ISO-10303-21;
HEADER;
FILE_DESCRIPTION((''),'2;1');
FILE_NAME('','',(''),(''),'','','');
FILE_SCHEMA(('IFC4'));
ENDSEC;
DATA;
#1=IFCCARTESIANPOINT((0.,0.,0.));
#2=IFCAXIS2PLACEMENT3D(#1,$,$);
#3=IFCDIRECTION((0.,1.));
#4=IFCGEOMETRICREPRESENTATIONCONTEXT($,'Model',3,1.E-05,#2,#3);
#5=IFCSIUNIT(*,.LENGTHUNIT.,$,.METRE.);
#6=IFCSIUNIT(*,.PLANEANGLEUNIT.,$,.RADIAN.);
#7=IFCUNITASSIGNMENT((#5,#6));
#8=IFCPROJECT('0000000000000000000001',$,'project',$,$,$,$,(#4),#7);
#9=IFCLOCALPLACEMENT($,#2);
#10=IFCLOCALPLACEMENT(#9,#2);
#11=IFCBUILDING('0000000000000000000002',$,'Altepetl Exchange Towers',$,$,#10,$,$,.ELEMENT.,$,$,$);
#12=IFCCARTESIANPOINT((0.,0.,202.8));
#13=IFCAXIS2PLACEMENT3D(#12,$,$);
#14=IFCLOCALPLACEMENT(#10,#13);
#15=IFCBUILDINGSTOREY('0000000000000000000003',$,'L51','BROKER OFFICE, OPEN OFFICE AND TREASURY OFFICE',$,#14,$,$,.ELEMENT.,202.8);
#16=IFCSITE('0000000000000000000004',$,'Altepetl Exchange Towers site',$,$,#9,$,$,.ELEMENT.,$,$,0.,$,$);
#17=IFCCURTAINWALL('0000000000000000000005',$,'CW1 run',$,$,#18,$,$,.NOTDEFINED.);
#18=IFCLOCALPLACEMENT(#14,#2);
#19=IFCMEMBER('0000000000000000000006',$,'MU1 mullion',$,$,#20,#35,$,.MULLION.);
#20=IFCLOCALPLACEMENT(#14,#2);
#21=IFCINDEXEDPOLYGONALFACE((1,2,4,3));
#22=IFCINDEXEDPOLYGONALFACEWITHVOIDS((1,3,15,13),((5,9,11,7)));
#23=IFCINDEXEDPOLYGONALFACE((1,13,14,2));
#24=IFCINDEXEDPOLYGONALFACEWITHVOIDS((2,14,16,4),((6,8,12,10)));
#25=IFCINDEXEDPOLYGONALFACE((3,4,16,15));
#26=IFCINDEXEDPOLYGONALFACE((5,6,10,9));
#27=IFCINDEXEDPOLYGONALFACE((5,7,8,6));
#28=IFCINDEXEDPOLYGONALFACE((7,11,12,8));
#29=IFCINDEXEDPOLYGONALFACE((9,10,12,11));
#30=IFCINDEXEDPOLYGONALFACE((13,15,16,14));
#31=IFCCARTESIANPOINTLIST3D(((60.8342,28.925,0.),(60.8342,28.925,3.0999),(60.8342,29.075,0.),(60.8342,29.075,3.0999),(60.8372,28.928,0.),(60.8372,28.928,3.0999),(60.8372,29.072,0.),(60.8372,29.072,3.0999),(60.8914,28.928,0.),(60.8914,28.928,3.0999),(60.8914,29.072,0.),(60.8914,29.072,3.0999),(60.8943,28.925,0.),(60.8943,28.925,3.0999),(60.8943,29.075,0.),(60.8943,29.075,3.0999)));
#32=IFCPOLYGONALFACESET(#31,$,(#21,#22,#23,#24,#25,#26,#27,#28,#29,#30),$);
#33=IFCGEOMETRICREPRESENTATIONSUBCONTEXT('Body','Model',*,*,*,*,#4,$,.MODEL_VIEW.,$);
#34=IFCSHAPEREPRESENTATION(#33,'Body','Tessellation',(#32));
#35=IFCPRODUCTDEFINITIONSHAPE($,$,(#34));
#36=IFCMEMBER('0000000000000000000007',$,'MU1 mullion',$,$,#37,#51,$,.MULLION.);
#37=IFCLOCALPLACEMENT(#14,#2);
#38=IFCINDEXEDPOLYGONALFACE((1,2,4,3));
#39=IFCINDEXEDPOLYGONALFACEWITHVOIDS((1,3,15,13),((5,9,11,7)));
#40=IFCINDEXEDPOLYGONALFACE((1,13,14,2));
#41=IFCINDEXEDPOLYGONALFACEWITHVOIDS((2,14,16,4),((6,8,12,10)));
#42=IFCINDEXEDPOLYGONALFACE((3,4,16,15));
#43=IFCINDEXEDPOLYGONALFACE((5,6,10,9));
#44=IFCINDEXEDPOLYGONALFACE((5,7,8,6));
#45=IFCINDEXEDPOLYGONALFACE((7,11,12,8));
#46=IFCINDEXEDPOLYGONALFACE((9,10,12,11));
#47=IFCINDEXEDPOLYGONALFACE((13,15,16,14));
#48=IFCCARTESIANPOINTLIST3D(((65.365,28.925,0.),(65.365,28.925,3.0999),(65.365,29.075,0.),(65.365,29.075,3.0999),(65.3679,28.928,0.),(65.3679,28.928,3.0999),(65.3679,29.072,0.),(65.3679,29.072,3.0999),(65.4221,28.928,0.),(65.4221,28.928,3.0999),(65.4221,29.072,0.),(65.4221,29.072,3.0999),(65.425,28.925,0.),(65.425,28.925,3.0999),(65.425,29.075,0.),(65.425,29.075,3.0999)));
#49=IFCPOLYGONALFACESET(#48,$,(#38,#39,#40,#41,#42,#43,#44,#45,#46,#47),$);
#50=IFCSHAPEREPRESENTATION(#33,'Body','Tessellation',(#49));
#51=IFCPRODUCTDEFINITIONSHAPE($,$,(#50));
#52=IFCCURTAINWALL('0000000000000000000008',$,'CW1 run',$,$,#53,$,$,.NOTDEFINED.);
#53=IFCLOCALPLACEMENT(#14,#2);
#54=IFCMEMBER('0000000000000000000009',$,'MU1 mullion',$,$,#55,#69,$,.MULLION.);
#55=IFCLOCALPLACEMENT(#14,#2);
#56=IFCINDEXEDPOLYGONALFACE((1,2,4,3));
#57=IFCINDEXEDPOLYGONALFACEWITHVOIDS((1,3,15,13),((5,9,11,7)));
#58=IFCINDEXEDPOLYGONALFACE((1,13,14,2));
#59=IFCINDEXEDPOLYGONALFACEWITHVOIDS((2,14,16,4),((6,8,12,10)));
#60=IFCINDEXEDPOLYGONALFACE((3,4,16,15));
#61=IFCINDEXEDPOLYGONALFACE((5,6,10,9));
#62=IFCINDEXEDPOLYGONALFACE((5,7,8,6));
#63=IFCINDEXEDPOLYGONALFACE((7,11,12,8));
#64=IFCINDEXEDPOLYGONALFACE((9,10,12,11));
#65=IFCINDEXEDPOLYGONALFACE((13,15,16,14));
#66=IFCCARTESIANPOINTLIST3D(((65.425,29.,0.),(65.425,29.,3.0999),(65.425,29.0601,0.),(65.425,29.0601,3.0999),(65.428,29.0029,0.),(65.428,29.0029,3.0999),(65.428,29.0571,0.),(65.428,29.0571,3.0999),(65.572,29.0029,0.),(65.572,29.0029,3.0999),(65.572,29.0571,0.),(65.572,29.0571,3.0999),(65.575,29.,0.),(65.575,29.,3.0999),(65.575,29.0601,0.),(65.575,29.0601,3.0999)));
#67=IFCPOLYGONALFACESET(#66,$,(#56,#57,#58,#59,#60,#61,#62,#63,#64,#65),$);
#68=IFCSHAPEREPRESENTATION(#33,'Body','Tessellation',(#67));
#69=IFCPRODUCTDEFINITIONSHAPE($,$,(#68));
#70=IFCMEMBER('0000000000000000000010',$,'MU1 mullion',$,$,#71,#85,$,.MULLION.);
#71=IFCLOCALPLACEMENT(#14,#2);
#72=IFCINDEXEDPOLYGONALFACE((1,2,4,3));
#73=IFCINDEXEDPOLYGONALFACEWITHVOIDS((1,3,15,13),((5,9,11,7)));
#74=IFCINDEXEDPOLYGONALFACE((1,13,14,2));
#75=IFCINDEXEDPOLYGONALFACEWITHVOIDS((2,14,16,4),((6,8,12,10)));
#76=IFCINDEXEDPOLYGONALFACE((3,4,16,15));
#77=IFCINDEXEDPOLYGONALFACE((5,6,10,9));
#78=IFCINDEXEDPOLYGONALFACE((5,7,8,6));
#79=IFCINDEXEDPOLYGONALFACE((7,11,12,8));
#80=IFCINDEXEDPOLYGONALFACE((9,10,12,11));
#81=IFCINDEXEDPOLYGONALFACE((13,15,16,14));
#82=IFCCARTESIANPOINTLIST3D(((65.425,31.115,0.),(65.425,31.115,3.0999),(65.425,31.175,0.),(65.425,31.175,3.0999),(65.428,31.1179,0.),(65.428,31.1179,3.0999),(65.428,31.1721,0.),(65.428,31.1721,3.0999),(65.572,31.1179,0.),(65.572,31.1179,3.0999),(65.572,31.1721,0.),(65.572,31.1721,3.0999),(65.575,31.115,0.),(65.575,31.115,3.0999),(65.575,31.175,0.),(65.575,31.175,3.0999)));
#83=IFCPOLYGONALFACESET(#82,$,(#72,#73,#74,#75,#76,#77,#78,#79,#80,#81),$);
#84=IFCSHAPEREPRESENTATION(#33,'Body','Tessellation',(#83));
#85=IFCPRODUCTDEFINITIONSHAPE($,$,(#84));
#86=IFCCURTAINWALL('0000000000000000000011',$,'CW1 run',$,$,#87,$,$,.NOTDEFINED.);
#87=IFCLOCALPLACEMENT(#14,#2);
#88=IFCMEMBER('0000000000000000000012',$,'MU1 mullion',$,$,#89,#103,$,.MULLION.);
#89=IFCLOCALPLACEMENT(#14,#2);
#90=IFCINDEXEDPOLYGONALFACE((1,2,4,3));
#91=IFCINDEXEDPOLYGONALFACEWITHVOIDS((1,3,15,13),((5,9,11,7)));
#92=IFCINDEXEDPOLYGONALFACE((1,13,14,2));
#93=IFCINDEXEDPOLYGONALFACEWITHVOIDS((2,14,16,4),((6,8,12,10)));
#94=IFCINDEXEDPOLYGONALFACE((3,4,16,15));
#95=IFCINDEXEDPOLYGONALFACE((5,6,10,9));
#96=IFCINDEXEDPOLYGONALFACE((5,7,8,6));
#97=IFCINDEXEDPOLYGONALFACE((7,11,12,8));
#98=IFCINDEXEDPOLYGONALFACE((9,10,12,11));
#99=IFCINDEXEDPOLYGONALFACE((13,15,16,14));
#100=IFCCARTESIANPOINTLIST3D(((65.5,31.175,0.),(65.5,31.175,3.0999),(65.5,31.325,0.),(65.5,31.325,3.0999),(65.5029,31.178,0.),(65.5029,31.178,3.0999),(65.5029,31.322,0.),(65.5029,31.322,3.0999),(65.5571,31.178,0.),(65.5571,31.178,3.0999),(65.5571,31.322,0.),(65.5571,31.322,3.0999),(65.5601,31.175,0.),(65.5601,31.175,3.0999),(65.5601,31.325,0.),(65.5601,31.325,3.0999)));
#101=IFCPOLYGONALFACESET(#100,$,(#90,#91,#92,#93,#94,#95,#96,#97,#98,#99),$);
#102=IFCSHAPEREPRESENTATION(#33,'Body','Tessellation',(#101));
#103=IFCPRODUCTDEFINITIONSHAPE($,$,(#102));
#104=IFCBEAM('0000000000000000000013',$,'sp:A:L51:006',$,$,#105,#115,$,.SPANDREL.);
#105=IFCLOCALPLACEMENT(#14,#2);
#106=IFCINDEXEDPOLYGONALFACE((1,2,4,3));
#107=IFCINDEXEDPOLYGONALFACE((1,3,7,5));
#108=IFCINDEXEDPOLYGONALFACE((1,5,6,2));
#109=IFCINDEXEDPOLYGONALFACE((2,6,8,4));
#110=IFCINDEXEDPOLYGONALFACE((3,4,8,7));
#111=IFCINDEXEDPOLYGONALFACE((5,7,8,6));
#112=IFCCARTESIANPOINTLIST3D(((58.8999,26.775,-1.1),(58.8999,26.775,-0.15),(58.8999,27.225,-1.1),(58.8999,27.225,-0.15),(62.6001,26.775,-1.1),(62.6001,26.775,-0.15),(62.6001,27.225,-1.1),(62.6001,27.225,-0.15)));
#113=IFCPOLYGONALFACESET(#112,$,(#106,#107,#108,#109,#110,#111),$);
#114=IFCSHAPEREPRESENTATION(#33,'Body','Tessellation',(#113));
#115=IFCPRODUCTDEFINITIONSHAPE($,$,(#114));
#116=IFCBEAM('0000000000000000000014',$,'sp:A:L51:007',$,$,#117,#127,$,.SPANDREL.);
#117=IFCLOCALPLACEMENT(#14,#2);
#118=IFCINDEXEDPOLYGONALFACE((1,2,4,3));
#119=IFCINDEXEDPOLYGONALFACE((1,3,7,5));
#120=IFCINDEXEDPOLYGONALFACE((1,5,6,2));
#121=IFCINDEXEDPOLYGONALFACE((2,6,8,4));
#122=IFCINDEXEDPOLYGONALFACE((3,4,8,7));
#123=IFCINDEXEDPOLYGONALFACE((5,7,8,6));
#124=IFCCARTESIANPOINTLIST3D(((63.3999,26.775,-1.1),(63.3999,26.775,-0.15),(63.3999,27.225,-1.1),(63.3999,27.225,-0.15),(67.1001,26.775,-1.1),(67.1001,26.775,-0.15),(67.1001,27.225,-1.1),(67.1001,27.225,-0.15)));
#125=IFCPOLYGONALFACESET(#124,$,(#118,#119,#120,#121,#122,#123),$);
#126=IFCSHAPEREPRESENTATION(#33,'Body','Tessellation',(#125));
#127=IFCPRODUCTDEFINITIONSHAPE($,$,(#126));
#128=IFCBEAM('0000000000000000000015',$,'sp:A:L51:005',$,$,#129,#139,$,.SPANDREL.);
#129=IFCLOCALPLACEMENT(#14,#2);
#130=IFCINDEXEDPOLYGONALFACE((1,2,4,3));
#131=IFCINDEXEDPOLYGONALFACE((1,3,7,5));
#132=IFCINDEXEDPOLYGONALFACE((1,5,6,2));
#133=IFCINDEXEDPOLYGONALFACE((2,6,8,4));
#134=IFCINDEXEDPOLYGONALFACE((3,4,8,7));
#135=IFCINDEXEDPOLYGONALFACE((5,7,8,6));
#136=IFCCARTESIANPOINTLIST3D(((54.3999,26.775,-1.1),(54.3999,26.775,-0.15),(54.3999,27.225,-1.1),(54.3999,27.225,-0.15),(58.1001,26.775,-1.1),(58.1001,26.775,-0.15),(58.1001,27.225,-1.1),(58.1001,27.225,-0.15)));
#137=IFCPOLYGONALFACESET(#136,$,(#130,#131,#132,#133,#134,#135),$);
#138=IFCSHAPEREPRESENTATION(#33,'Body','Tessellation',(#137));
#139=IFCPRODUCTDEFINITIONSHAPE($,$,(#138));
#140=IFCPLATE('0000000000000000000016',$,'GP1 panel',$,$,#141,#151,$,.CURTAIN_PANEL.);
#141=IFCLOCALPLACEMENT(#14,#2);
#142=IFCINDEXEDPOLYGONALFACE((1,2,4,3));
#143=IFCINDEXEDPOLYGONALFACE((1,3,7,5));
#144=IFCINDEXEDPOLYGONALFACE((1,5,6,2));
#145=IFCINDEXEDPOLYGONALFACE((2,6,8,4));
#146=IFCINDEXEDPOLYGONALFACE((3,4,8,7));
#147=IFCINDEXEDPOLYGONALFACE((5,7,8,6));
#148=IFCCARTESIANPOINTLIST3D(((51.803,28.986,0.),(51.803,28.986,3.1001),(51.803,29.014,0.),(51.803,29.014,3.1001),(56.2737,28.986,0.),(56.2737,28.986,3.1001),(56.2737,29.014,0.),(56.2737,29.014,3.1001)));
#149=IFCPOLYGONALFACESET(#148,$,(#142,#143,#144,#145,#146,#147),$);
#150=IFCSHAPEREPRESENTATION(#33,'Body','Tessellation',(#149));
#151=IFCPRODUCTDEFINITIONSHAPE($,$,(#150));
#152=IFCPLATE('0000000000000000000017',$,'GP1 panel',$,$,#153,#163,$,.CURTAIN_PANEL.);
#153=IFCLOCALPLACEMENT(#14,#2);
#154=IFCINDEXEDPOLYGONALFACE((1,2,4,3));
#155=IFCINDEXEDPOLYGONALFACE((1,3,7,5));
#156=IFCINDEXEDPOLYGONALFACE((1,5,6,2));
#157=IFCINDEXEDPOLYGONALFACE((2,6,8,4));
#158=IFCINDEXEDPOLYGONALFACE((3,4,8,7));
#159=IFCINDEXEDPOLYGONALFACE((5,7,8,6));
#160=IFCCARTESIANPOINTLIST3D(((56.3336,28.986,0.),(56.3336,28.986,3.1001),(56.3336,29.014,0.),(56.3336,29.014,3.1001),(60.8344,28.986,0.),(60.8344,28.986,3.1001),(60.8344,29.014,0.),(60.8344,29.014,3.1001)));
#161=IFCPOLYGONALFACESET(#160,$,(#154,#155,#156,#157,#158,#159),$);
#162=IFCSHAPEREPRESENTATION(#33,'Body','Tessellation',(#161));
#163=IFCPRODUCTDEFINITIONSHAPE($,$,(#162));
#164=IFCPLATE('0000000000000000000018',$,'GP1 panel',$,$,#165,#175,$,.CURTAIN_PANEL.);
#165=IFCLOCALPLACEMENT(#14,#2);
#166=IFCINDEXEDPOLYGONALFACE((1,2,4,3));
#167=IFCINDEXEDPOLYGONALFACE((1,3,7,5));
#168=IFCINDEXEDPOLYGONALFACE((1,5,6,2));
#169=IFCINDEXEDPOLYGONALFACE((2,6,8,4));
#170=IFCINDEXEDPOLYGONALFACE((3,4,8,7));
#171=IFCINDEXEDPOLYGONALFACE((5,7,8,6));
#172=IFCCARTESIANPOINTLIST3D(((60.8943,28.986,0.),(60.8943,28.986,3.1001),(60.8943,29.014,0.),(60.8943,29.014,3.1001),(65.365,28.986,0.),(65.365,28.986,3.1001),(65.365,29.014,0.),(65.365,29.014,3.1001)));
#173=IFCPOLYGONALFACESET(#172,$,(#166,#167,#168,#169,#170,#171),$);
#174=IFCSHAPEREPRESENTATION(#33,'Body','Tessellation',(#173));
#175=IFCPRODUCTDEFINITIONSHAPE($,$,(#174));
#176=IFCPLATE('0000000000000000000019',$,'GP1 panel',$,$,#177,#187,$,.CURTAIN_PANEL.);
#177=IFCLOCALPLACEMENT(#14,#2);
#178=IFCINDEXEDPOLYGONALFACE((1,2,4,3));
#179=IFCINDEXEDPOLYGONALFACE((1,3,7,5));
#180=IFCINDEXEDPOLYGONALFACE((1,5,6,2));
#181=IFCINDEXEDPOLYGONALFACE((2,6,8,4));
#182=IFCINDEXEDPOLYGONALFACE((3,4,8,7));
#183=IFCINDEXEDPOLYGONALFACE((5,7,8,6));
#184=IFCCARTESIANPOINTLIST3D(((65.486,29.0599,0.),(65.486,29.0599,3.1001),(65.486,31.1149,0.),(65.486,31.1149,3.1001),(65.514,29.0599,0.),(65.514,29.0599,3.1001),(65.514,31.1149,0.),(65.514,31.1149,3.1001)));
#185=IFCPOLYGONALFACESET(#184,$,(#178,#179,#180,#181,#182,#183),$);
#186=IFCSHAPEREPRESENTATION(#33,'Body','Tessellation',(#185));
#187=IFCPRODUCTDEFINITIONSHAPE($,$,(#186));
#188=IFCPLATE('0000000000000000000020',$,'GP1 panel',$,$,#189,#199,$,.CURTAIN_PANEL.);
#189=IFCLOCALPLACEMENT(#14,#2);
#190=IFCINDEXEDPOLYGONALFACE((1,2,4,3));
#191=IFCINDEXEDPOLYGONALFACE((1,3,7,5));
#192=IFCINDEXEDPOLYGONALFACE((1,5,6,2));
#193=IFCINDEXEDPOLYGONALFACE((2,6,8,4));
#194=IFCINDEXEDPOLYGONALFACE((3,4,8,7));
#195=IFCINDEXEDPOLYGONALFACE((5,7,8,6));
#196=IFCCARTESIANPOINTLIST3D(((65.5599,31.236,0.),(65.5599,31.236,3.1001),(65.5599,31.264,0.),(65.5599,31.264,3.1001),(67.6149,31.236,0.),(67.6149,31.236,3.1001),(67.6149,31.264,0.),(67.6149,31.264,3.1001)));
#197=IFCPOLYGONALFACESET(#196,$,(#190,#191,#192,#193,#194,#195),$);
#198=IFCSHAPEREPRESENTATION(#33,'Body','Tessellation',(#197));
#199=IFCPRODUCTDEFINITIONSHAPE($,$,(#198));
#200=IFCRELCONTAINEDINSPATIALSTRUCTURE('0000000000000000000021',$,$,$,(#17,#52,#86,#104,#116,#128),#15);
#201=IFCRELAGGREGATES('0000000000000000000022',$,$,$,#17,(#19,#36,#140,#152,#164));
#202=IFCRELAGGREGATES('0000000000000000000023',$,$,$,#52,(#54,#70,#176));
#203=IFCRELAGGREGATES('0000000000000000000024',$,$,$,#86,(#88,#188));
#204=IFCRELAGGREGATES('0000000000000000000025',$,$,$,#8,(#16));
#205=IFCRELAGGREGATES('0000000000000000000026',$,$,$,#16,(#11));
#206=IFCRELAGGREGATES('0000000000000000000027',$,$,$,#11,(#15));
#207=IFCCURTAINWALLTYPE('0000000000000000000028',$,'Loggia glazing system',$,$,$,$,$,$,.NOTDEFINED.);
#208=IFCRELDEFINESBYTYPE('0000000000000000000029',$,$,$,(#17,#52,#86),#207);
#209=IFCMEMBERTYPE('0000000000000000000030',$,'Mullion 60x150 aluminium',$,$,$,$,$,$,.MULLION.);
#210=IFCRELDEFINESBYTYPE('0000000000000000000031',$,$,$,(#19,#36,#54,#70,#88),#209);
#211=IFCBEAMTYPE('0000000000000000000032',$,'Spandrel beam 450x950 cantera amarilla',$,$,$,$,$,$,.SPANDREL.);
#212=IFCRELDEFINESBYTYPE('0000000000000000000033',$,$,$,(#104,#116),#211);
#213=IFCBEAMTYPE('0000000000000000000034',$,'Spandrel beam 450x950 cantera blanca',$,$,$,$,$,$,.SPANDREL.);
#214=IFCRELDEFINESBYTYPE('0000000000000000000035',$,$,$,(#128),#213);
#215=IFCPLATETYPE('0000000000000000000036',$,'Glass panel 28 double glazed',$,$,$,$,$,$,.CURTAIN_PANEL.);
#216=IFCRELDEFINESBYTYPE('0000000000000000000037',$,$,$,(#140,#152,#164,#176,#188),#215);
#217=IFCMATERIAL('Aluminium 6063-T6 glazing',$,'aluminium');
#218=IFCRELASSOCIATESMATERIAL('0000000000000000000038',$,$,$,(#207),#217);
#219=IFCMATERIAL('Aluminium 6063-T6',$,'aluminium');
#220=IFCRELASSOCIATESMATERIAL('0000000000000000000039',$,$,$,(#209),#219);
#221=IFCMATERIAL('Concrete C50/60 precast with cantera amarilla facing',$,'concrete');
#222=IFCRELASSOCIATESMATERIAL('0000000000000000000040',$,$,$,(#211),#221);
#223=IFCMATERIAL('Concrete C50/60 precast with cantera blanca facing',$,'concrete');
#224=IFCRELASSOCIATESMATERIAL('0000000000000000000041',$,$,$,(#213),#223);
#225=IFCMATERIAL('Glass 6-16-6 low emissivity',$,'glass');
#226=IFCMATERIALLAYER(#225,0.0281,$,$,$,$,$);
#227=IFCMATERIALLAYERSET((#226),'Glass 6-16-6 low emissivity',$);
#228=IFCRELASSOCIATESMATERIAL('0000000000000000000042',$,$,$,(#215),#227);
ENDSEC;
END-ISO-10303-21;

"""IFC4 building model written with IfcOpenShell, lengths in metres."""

from ifc_helpers import new_model, si_unit, direction, frame, origin, origin_2d, place, context, subcontext, project, spatial, rectangle, hollow_rectangle, extrude, material, layer, layer_set, material_profile, profile_set, type_object, element, aggregate, save


model = new_model("IFC4")

# Units and contexts
model_context = context("Model", 3, precision=1e-05, world=origin(), true_north=direction((0.0, 1.0)))
body_context = subcontext(model_context, "Body", "Model", "MODEL_VIEW")
ifc_project = project(units=[si_unit("LENGTHUNIT", "METRE"), si_unit("PLANEANGLEUNIT", "RADIAN")], contexts=[model_context])

# Site, building, storey
site_placement = place(None, origin())
site = spatial("IfcSite", under=ifc_project, at=site_placement, Name="Altepetl Exchange Towers site", CompositionType="ELEMENT", RefElevation=0.0)
building_placement = place(site_placement, origin())
building = spatial("IfcBuilding", under=site, at=building_placement, Name="Altepetl Exchange Towers", CompositionType="ELEMENT")
storey_placement = place(building_placement, frame((0.0, 0.0, 202.8)))
storey = spatial("IfcBuildingStorey", under=building, at=storey_placement, Name="L51", Description="BROKER OFFICE, OPEN OFFICE AND TREASURY OFFICE", CompositionType="ELEMENT", Elevation=202.8)

# Curtain walls, members
ifc_material_1 = material(Name="Aluminium 6063-T6 glazing", Category="aluminium")
curtain_wall_type = type_object("IfcCurtainWallType", Name="Loggia glazing system", PredefinedType="NOTDEFINED", material=ifc_material_1)
curtain_wall_1_placement = place(storey_placement, origin())
curtain_wall_1 = element("IfcCurtainWall", 1, at=curtain_wall_1_placement, inside=storey, type_object=curtain_wall_type, Name="CW1 run", PredefinedType="NOTDEFINED")
ifc_material_2 = material(Name="Aluminium 6063-T6", Category="aluminium")
ifc_material_profile_1 = material_profile(ifc_material_2, hollow_rectangle(XDim=0.0601, YDim=0.1499, WallThickness=0.0029, at=origin_2d()), Name="Mullion 60x150 aluminium")
ifc_profile_set_1 = profile_set([ifc_material_profile_1], Name="Aluminium 6063-T6")
member_type = type_object("IfcMemberType", Name="Mullion 60x150 aluminium", PredefinedType="MULLION", material=ifc_profile_set_1)
member_1_placement = place(storey_placement, frame((60.8643, 29.0, 0.0)))
member_1 = element("IfcMember", 2, at=member_1_placement, type_object=member_type, Name="MU1 mullion", PredefinedType="MULLION", context=body_context, shape_type="SweptSolid", body=[
    extrude(hollow_rectangle(XDim=0.0601, YDim=0.1499, WallThickness=0.0029, at=origin_2d()), origin(), (0.0, 0.0, 1.0), 3.0999),
])
member_2_placement = place(storey_placement, frame((65.395, 29.0, 0.0)))
member_2 = element("IfcMember", 3, at=member_2_placement, type_object=member_type, Name="MU1 mullion", PredefinedType="MULLION", context=body_context, shape_type="SweptSolid", body=[
    extrude(hollow_rectangle(XDim=0.0601, YDim=0.1499, WallThickness=0.0029, at=origin_2d()), origin(), (0.0, 0.0, 1.0), 3.0999),
])
curtain_wall_2_placement = place(storey_placement, origin())
curtain_wall_2 = element("IfcCurtainWall", 4, at=curtain_wall_2_placement, inside=storey, type_object=curtain_wall_type, Name="CW1 run", PredefinedType="NOTDEFINED")
member_3_placement = place(storey_placement, frame((65.5, 29.03, 0.0), z_axis=(0.0, 0.0, 1.0), x_axis=(0.0, 1.0, 0.0)))
member_3 = element("IfcMember", 5, at=member_3_placement, type_object=member_type, Name="MU1 mullion", PredefinedType="MULLION", context=body_context, shape_type="SweptSolid", body=[
    extrude(hollow_rectangle(XDim=0.0601, YDim=0.1499, WallThickness=0.0029, at=origin_2d()), origin(), (0.0, 0.0, 1.0), 3.0999),
])
member_4_placement = place(storey_placement, frame((65.5, 31.145, 0.0), z_axis=(0.0, 0.0, 1.0), x_axis=(0.0, 1.0, 0.0)))
member_4 = element("IfcMember", 6, at=member_4_placement, type_object=member_type, Name="MU1 mullion", PredefinedType="MULLION", context=body_context, shape_type="SweptSolid", body=[
    extrude(hollow_rectangle(XDim=0.0601, YDim=0.1499, WallThickness=0.0029, at=origin_2d()), origin(), (0.0, 0.0, 1.0), 3.0999),
])

# Curtain wall, member
curtain_wall_3_placement = place(storey_placement, origin())
curtain_wall_3 = element("IfcCurtainWall", 7, at=curtain_wall_3_placement, inside=storey, type_object=curtain_wall_type, Name="CW1 run", PredefinedType="NOTDEFINED")
member_5_placement = place(storey_placement, frame((65.53, 31.25, 0.0)))
member_5 = element("IfcMember", 8, at=member_5_placement, type_object=member_type, Name="MU1 mullion", PredefinedType="MULLION", context=body_context, shape_type="SweptSolid", body=[
    extrude(hollow_rectangle(XDim=0.0601, YDim=0.1499, WallThickness=0.0029, at=origin_2d()), origin(), (0.0, 0.0, 1.0), 3.0999),
])

# Beams
ifc_material_3 = material(Name="Concrete C50/60 precast with cantera amarilla facing", Category="concrete")
ifc_material_profile_2 = material_profile(ifc_material_3, rectangle(XDim=0.45, YDim=0.95, at=origin_2d()), Name="450 x 950")
ifc_profile_set_2 = profile_set([ifc_material_profile_2], Name="Concrete C50/60 precast with cantera amarilla facing")
beam_type_1 = type_object("IfcBeamType", Name="Spandrel beam 450x950 cantera amarilla", PredefinedType="SPANDREL", material=ifc_profile_set_2)
for number, where, z_axis, x_axis, name in (
    (9, (58.8999, 27.0, -0.625), (1.0, 0.0, 0.0), (0.0, 1.0, 0.0), "sp:A:L51:006"),
    (10, (63.3999, 27.0, -0.625), (1.0, 0.0, 0.0), (0.0, 1.0, 0.0), "sp:A:L51:007"),
):
    element("IfcBeam", number, at=place(storey_placement, frame(where, z_axis=z_axis, x_axis=x_axis)), inside=storey, type_object=beam_type_1, Name=name, PredefinedType="SPANDREL", context=body_context, shape_type="SweptSolid", body=[
        extrude(rectangle(XDim=0.45, YDim=0.95, at=origin_2d()), origin(), (0.0, 0.0, 1.0), 3.7002),
    ])
ifc_material_4 = material(Name="Concrete C50/60 precast with cantera blanca facing", Category="concrete")
ifc_material_profile_3 = material_profile(ifc_material_4, rectangle(XDim=0.45, YDim=0.95, at=origin_2d()), Name="450 x 950")
ifc_profile_set_3 = profile_set([ifc_material_profile_3], Name="Concrete C50/60 precast with cantera blanca facing")
beam_type_2 = type_object("IfcBeamType", Name="Spandrel beam 450x950 cantera blanca", PredefinedType="SPANDREL", material=ifc_profile_set_3)
beam_1_placement = place(storey_placement, frame((54.3999, 27.0, -0.625), z_axis=(1.0, 0.0, 0.0), x_axis=(0.0, 1.0, 0.0)))
element("IfcBeam", 11, at=beam_1_placement, inside=storey, type_object=beam_type_2, Name="sp:A:L51:005", PredefinedType="SPANDREL", context=body_context, shape_type="SweptSolid", body=[
    extrude(rectangle(XDim=0.45, YDim=0.95, at=origin_2d()), origin(), (0.0, 0.0, 1.0), 3.7002),
])

# Plates
ifc_material_5 = material(Name="Glass 6-16-6 low emissivity", Category="glass")
ifc_layer_1 = layer(ifc_material_5, 0.0281)
ifc_layer_set_1 = layer_set([ifc_layer_1], Name="Glass 6-16-6 low emissivity")
plate_type = type_object("IfcPlateType", Name="Glass panel 28 double glazed", PredefinedType="CURTAIN_PANEL", material=ifc_layer_set_1)
plate_1_placement = place(storey_placement, frame((54.0383, 29.0, 0.0)))
plate_1 = element("IfcPlate", 12, at=plate_1_placement, type_object=plate_type, Name="GP1 panel", PredefinedType="CURTAIN_PANEL", context=body_context, shape_type="SweptSolid", body=[
    extrude(rectangle(XDim=4.4707, YDim=0.0281, at=origin_2d()), origin(), (0.0, 0.0, 1.0), 3.1001),
])
plate_2_placement = place(storey_placement, frame((58.584, 29.0, 0.0)))
plate_2 = element("IfcPlate", 13, at=plate_2_placement, type_object=plate_type, Name="GP1 panel", PredefinedType="CURTAIN_PANEL", context=body_context, shape_type="SweptSolid", body=[
    extrude(rectangle(XDim=4.5007, YDim=0.0281, at=origin_2d()), origin(), (0.0, 0.0, 1.0), 3.1001),
])
plate_3_placement = place(storey_placement, frame((63.1296, 29.0, 0.0)))
plate_3 = element("IfcPlate", 14, at=plate_3_placement, type_object=plate_type, Name="GP1 panel", PredefinedType="CURTAIN_PANEL", context=body_context, shape_type="SweptSolid", body=[
    extrude(rectangle(XDim=4.4707, YDim=0.0281, at=origin_2d()), origin(), (0.0, 0.0, 1.0), 3.1001),
])
aggregate(curtain_wall_1, [member_1, member_2, plate_1, plate_2, plate_3])
plate_4_placement = place(storey_placement, frame((65.5, 30.0874, 0.0), z_axis=(0.0, 0.0, 1.0), x_axis=(0.0, 1.0, 0.0)))
plate_4 = element("IfcPlate", 15, at=plate_4_placement, type_object=plate_type, Name="GP1 panel", PredefinedType="CURTAIN_PANEL", context=body_context, shape_type="SweptSolid", body=[
    extrude(rectangle(XDim=2.0549, YDim=0.0281, at=origin_2d()), origin(), (0.0, 0.0, 1.0), 3.1001),
])
aggregate(curtain_wall_2, [member_3, member_4, plate_4])
plate_5_placement = place(storey_placement, frame((66.5874, 31.25, 0.0)))
plate_5 = element("IfcPlate", 16, at=plate_5_placement, type_object=plate_type, Name="GP1 panel", PredefinedType="CURTAIN_PANEL", context=body_context, shape_type="SweptSolid", body=[
    extrude(rectangle(XDim=2.0549, YDim=0.0281, at=origin_2d()), origin(), (0.0, 0.0, 1.0), 3.1001),
])
aggregate(curtain_wall_3, [member_5, plate_5])

save(model, "model.ifc")
